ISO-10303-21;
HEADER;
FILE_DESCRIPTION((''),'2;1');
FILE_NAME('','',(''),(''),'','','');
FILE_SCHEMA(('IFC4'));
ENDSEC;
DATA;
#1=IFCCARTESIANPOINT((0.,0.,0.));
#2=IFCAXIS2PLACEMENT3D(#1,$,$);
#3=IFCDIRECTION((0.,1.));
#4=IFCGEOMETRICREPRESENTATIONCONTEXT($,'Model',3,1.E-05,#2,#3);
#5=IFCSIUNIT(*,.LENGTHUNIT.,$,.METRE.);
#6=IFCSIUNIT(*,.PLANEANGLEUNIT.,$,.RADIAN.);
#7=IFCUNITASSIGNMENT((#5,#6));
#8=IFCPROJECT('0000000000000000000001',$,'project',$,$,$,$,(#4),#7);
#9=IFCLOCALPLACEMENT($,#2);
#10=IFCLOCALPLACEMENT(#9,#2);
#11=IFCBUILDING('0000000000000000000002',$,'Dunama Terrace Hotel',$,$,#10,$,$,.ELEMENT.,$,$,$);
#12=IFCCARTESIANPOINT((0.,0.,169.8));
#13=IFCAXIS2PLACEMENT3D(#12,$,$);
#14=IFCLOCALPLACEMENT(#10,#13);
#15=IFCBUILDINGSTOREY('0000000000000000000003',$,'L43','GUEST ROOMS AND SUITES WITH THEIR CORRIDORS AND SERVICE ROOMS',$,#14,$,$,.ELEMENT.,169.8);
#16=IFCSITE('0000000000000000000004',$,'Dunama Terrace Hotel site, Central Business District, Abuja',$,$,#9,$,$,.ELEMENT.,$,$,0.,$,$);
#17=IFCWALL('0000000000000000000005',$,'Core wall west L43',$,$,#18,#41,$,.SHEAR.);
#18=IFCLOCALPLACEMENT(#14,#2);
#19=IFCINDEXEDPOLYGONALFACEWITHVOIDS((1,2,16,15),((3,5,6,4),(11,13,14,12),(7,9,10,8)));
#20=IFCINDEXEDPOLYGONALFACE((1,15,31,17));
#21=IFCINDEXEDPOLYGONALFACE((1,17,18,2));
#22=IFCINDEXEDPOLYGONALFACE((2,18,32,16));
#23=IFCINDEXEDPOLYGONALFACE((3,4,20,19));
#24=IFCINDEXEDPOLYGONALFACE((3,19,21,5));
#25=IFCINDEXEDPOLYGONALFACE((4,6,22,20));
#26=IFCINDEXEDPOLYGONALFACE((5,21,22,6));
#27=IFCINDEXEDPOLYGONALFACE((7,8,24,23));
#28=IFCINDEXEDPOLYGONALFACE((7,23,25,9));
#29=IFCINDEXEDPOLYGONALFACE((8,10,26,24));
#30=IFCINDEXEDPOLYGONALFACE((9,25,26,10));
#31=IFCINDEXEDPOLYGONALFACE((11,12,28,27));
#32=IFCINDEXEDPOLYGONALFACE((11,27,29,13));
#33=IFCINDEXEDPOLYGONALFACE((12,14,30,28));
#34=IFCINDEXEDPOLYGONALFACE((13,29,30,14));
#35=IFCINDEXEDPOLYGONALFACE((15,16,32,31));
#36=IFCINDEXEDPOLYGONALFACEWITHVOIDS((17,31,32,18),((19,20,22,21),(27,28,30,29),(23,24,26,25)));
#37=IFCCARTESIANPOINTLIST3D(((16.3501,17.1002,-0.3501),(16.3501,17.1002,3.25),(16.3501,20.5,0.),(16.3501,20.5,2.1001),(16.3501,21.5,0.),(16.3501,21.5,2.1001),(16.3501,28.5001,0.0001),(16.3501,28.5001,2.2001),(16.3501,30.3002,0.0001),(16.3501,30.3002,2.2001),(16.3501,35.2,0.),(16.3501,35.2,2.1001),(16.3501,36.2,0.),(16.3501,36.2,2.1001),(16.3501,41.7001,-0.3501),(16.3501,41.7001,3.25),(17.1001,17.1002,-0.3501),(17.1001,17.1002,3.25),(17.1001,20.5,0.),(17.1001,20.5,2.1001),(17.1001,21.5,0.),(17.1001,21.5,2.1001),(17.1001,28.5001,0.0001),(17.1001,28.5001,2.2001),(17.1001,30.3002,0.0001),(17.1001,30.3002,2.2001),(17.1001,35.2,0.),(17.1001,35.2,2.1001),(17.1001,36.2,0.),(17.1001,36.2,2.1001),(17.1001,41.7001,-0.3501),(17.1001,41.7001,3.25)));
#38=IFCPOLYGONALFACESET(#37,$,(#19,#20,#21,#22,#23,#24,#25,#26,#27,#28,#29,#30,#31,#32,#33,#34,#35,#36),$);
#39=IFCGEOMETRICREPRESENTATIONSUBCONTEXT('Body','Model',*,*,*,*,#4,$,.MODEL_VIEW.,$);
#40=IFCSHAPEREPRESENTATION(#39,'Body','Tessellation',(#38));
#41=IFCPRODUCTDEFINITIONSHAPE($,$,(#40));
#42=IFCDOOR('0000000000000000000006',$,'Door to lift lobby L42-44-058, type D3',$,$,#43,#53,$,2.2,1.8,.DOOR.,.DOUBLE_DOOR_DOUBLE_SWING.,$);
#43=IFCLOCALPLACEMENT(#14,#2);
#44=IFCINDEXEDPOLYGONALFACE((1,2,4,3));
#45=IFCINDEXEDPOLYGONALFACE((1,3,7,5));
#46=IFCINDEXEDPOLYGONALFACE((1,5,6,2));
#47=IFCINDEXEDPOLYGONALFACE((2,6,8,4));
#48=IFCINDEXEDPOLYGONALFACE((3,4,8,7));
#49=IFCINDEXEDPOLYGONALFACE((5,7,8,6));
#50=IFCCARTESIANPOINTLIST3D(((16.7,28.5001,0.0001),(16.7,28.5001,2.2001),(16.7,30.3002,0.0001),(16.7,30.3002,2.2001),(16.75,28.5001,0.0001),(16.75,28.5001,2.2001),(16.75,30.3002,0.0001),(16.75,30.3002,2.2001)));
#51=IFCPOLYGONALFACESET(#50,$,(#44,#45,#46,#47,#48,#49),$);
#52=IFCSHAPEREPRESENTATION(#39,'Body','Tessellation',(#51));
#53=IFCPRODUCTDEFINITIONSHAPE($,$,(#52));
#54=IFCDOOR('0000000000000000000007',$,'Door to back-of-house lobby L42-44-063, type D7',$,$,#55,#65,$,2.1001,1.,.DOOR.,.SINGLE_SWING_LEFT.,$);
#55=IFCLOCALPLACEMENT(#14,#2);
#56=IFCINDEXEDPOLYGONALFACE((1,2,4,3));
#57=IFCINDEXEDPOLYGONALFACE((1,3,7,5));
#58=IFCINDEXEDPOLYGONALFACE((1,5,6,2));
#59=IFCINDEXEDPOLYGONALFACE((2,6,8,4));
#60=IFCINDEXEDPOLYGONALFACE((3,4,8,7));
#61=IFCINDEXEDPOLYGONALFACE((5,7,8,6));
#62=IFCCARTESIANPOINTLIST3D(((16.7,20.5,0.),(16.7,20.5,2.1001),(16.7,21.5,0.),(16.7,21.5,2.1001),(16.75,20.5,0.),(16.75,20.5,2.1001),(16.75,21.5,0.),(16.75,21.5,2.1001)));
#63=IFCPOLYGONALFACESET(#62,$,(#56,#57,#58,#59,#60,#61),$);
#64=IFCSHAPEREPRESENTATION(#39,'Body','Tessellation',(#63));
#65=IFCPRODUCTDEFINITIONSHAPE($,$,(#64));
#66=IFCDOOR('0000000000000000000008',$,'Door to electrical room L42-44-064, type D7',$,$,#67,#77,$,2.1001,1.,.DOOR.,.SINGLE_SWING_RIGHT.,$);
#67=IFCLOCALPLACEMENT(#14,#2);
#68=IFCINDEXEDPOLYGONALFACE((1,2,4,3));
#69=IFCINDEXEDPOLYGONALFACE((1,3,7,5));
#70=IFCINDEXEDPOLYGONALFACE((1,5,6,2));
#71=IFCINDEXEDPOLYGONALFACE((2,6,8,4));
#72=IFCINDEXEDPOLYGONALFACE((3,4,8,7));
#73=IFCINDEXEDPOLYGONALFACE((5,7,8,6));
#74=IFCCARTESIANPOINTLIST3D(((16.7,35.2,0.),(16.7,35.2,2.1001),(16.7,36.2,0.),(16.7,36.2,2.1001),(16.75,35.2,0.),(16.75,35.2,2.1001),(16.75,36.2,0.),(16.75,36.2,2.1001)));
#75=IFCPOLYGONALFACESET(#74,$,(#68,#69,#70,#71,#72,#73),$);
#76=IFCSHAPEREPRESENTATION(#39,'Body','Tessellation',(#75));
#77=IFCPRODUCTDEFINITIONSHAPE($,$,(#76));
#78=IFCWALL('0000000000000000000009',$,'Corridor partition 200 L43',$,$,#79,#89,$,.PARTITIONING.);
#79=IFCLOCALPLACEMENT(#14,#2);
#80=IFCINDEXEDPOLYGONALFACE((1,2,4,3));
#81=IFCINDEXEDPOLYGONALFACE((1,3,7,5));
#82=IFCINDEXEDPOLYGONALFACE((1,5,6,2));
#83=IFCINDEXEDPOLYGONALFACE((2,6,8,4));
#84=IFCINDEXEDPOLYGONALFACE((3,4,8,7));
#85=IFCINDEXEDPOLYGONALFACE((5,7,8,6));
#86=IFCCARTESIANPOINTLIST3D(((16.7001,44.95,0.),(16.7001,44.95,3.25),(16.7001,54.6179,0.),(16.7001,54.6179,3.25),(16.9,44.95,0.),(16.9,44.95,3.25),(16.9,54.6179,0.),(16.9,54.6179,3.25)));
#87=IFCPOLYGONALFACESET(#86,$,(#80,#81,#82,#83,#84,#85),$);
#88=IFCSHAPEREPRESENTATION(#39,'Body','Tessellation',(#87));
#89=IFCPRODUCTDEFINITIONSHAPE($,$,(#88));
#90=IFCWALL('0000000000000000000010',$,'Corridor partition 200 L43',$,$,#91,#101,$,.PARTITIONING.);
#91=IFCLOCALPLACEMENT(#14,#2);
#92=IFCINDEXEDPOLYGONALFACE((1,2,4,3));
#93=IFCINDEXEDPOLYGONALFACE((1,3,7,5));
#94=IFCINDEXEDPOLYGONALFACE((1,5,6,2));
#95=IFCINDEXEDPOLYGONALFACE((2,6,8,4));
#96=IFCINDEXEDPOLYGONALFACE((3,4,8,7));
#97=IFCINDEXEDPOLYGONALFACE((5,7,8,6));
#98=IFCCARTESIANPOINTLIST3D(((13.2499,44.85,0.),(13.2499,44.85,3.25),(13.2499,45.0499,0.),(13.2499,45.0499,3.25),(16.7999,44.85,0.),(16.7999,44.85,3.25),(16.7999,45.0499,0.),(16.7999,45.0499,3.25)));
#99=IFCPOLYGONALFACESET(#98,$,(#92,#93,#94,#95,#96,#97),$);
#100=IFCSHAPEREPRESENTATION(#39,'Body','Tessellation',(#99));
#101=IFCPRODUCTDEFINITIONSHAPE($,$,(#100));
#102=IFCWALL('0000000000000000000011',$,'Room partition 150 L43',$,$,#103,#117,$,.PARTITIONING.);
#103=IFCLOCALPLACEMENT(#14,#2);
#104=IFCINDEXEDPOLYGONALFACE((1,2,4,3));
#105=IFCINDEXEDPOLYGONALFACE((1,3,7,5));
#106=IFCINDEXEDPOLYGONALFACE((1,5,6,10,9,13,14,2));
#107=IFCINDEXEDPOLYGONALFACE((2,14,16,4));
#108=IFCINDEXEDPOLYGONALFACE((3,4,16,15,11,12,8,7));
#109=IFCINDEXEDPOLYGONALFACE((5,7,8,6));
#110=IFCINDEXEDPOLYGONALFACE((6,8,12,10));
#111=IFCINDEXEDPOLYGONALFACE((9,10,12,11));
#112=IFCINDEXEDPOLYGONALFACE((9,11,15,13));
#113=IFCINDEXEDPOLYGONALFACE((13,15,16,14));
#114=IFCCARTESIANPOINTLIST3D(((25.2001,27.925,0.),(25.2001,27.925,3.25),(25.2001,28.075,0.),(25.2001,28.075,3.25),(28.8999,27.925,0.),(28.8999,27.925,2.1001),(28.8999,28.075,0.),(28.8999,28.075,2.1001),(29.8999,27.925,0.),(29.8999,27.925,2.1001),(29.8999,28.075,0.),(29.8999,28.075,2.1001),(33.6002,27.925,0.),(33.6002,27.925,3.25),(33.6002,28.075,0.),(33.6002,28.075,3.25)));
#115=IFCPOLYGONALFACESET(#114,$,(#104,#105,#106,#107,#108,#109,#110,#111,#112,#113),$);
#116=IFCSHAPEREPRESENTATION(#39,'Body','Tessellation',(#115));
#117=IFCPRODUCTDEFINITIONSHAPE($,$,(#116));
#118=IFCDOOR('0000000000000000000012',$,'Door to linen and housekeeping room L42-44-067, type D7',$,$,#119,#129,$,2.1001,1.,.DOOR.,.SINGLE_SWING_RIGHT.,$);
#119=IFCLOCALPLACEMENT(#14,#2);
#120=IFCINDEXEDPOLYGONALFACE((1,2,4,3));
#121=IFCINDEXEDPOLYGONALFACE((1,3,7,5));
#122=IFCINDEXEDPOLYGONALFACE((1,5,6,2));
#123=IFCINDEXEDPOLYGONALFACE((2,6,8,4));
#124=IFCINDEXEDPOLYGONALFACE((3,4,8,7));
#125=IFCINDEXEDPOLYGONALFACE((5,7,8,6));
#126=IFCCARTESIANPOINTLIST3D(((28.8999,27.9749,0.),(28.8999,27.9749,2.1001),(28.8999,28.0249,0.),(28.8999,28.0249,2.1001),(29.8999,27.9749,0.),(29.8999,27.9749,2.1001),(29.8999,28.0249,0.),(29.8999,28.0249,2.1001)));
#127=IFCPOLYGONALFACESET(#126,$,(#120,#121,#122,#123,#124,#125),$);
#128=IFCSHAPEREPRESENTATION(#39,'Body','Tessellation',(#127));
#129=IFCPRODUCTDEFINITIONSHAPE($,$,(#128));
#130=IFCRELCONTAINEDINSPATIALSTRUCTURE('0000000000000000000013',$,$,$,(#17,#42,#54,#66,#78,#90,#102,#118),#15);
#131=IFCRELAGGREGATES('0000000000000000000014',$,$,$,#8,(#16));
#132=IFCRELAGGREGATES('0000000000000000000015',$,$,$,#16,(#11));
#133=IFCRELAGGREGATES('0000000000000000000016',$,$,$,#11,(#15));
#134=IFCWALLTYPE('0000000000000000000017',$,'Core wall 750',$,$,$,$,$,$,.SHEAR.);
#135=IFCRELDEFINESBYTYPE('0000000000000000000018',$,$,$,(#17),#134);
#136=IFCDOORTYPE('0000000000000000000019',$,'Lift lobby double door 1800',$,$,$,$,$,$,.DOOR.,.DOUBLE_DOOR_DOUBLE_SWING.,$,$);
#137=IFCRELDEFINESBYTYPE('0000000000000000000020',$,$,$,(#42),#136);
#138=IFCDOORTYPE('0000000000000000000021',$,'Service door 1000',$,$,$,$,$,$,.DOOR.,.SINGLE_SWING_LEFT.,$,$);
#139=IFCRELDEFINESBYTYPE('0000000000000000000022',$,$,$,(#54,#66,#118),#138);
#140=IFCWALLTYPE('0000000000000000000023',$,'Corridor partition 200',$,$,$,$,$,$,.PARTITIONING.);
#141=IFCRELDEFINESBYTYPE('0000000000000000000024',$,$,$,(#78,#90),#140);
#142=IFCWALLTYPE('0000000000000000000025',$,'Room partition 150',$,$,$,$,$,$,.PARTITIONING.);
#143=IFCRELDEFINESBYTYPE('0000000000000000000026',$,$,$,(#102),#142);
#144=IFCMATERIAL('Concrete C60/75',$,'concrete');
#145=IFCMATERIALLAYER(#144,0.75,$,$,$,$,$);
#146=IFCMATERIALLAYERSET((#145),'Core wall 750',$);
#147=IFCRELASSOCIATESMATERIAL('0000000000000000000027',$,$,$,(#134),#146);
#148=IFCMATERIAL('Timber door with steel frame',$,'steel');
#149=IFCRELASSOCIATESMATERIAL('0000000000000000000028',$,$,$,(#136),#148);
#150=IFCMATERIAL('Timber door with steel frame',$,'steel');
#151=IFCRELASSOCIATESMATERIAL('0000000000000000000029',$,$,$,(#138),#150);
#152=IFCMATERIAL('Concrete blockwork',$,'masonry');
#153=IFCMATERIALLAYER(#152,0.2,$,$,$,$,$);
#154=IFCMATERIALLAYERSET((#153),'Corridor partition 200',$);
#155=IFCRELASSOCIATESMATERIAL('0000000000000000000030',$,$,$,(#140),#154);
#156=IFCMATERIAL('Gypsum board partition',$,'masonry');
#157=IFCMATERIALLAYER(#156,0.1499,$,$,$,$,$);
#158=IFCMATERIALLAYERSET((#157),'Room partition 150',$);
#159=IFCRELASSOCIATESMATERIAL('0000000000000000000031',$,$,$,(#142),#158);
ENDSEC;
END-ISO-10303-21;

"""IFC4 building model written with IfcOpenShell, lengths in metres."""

from ifc_helpers import new_model, si_unit, direction, frame, frame_2d, origin, place, context, subcontext, project, spatial, rectangle, extrude, material, layer, layer_set, type_object, element, fill, save


model = new_model("IFC4")

# Units and contexts
model_context = context("Model", 3, precision=1e-05, world=origin(), true_north=direction((0.0, 1.0)))
body_context = subcontext(model_context, "Body", "Model", "MODEL_VIEW")
ifc_project = project(units=[si_unit("LENGTHUNIT", "METRE"), si_unit("PLANEANGLEUNIT", "RADIAN")], contexts=[model_context])

# Site, building, storey
site_placement = place(None, origin())
site = spatial("IfcSite", under=ifc_project, at=site_placement, Name="Dunama Terrace Hotel site, Central Business District, Abuja", CompositionType="ELEMENT", RefElevation=0.0)
building_placement = place(site_placement, origin())
building = spatial("IfcBuilding", under=site, at=building_placement, Name="Dunama Terrace Hotel", CompositionType="ELEMENT")
storey_placement = place(building_placement, frame((0.0, 0.0, 169.8)))
storey = spatial("IfcBuildingStorey", under=building, at=storey_placement, Name="L43", Description="GUEST ROOMS AND SUITES WITH THEIR CORRIDORS AND SERVICE ROOMS", CompositionType="ELEMENT", Elevation=169.8)

# Wall, openings, doors
ifc_material_1 = material(Name="Concrete C60/75", Category="concrete")
ifc_layer_1 = layer(ifc_material_1, 0.75)
ifc_layer_set_1 = layer_set([ifc_layer_1], Name="Core wall 750")
wall_type_1 = type_object("IfcWallType", Name="Core wall 750", PredefinedType="SHEAR", material=ifc_layer_set_1)
wall_1_placement = place(storey_placement, frame((16.7251, 41.7, -0.3501), z_axis=(0.0, 0.0, 1.0), x_axis=(0.0, -1.0, 0.0)))
wall_1 = element("IfcWall", 1, at=wall_1_placement, inside=storey, type_object=wall_type_1, Name="Core wall west L43", PredefinedType="SHEAR", context=body_context, shape_type="SweptSolid", body=[
    extrude(rectangle(XDim=24.5999, YDim=0.75, at=frame_2d((12.2998, 0.0))), origin(), (0.0, 0.0, 1.0), 3.6001),
])
opening_1_placement = place(wall_1_placement, frame((11.3999, 0.0, 0.3501)))
opening_1 = element("IfcOpeningElement", 2, at=opening_1_placement, cuts=wall_1, PredefinedType="OPENING", context=body_context, shape_type="SweptSolid", body=[
    extrude(rectangle(XDim=1.8, YDim=2.2, at=frame_2d((0.8999, 1.1001))), frame((0.0, 0.385, 0.0), z_axis=(0.0, -1.0, 0.0), x_axis=(1.0, 0.0, 0.0)), (0.0, 0.0, 1.0), 0.77),
])
opening_2_placement = place(wall_1_placement, frame((20.2, 0.0, 0.3501)))
opening_2 = element("IfcOpeningElement", 3, at=opening_2_placement, cuts=wall_1, PredefinedType="OPENING", context=body_context, shape_type="SweptSolid", body=[
    extrude(rectangle(XDim=1.0, YDim=2.1001, at=frame_2d((0.5, 1.05))), frame((0.0, 0.385, 0.0), z_axis=(0.0, -1.0, 0.0), x_axis=(1.0, 0.0, 0.0)), (0.0, 0.0, 1.0), 0.77),
])
opening_3_placement = place(wall_1_placement, frame((5.5, 0.0, 0.3501)))
opening_3 = element("IfcOpeningElement", 4, at=opening_3_placement, cuts=wall_1, PredefinedType="OPENING", context=body_context, shape_type="SweptSolid", body=[
    extrude(rectangle(XDim=1.0, YDim=2.1001, at=frame_2d((0.5, 1.05))), frame((0.0, 0.385, 0.0), z_axis=(0.0, -1.0, 0.0), x_axis=(1.0, 0.0, 0.0)), (0.0, 0.0, 1.0), 0.77),
])
ifc_material_2 = material(Name="Timber door with steel frame", Category="steel")
door_type_1 = type_object("IfcDoorType", Name="Lift lobby double door 1800", OperationType="DOUBLE_DOOR_DOUBLE_SWING", PredefinedType="DOOR", material=ifc_material_2)
door_1_placement = place(opening_1_placement, origin())
door_1 = element("IfcDoor", 5, at=door_1_placement, inside=storey, type_object=door_type_1, Name="Door to lift lobby L42-44-058, type D3", OperationType="DOUBLE_DOOR_DOUBLE_SWING", OverallHeight=2.2, OverallWidth=1.8, PredefinedType="DOOR", context=body_context, shape_type="SweptSolid", body=[
    extrude(rectangle(XDim=1.8, YDim=2.2, at=frame_2d((0.8999, 1.1001))), frame((0.0, 0.0249, 0.0), z_axis=(0.0, -1.0, 0.0), x_axis=(1.0, 0.0, 0.0)), (0.0, 0.0, 1.0), 0.05),
])
fill(opening_1, door_1)
ifc_material_3 = material(Name="Timber door with steel frame", Category="steel")
door_type_2 = type_object("IfcDoorType", Name="Service door 1000", OperationType="SINGLE_SWING_LEFT", PredefinedType="DOOR", material=ifc_material_3)
door_2_placement = place(opening_2_placement, origin())
door_2 = element("IfcDoor", 6, at=door_2_placement, inside=storey, type_object=door_type_2, Name="Door to back-of-house lobby L42-44-063, type D7", OperationType="SINGLE_SWING_LEFT", OverallHeight=2.1001, OverallWidth=1.0, PredefinedType="DOOR", context=body_context, shape_type="SweptSolid", body=[
    extrude(rectangle(XDim=1.0, YDim=2.1001, at=frame_2d((0.5, 1.05))), frame((0.0, 0.0249, 0.0), z_axis=(0.0, -1.0, 0.0), x_axis=(1.0, 0.0, 0.0)), (0.0, 0.0, 1.0), 0.05),
])
fill(opening_2, door_2)
door_3_placement = place(opening_3_placement, origin())
door_3 = element("IfcDoor", 7, at=door_3_placement, inside=storey, type_object=door_type_2, Name="Door to electrical room L42-44-064, type D7", OperationType="SINGLE_SWING_RIGHT", OverallHeight=2.1001, OverallWidth=1.0, PredefinedType="DOOR", context=body_context, shape_type="SweptSolid", body=[
    extrude(rectangle(XDim=1.0, YDim=2.1001, at=frame_2d((0.5, 1.05))), frame((0.0, 0.0249, 0.0), z_axis=(0.0, -1.0, 0.0), x_axis=(1.0, 0.0, 0.0)), (0.0, 0.0, 1.0), 0.05),
])
fill(opening_3, door_3)

# Walls
ifc_material_4 = material(Name="Concrete blockwork", Category="masonry")
ifc_layer_2 = layer(ifc_material_4, 0.2)
ifc_layer_set_2 = layer_set([ifc_layer_2], Name="Corridor partition 200")
wall_type_2 = type_object("IfcWallType", Name="Corridor partition 200", PredefinedType="PARTITIONING", material=ifc_layer_set_2)
wall_2_placement = place(storey_placement, frame((16.8, 44.95, 0.0), z_axis=(0.0, 0.0, 1.0), x_axis=(0.0, 1.0, 0.0)))
element("IfcWall", 8, at=wall_2_placement, inside=storey, type_object=wall_type_2, Name="Corridor partition 200 L43", PredefinedType="PARTITIONING", context=body_context, shape_type="SweptSolid", body=[
    extrude(rectangle(XDim=9.668, YDim=0.2, at=frame_2d((4.834, 0.0))), origin(), (0.0, 0.0, 1.0), 3.25),
])
wall_3_placement = place(storey_placement, frame((13.25, 44.95, 0.0), z_axis=(0.0, 0.0, 1.0), x_axis=(1.0, 0.0, 0.0)))
element("IfcWall", 9, at=wall_3_placement, inside=storey, type_object=wall_type_2, Name="Corridor partition 200 L43", PredefinedType="PARTITIONING", context=body_context, shape_type="SweptSolid", body=[
    extrude(rectangle(XDim=3.55, YDim=0.2, at=frame_2d((1.7749, 0.0))), origin(), (0.0, 0.0, 1.0), 3.25),
])

# Wall, opening, door
ifc_material_5 = material(Name="Gypsum board partition", Category="masonry")
ifc_layer_3 = layer(ifc_material_5, 0.1499)
ifc_layer_set_3 = layer_set([ifc_layer_3], Name="Room partition 150")
wall_type_3 = type_object("IfcWallType", Name="Room partition 150", PredefinedType="PARTITIONING", material=ifc_layer_set_3)
wall_4_placement = place(storey_placement, frame((25.2, 28.0, 0.0), z_axis=(0.0, 0.0, 1.0), x_axis=(1.0, 0.0, 0.0)))
wall_4 = element("IfcWall", 10, at=wall_4_placement, inside=storey, type_object=wall_type_3, Name="Room partition 150 L43", PredefinedType="PARTITIONING", context=body_context, shape_type="SweptSolid", body=[
    extrude(rectangle(XDim=8.4001, YDim=0.1499, at=frame_2d((4.2002, 0.0))), origin(), (0.0, 0.0, 1.0), 3.25),
])
opening_4_placement = place(wall_4_placement, frame((3.7, 0.0, 0.0)))
opening_4 = element("IfcOpeningElement", 11, at=opening_4_placement, cuts=wall_4, PredefinedType="OPENING", context=body_context, shape_type="SweptSolid", body=[
    extrude(rectangle(XDim=1.0, YDim=2.1001, at=frame_2d((0.5, 1.05))), frame((0.0, 0.085, 0.0), z_axis=(0.0, -1.0, 0.0), x_axis=(1.0, 0.0, 0.0)), (0.0, 0.0, 1.0), 0.1699),
])
door_4_placement = place(opening_4_placement, frame((1.0, 0.0, 0.0), z_axis=(0.0, 0.0, 1.0), x_axis=(-1.0, 0.0, 0.0)))
door_4 = element("IfcDoor", 12, at=door_4_placement, inside=storey, type_object=door_type_2, Name="Door to linen and housekeeping room L42-44-067, type D7", OperationType="SINGLE_SWING_RIGHT", OverallHeight=2.1001, OverallWidth=1.0, PredefinedType="DOOR", context=body_context, shape_type="SweptSolid", body=[
    extrude(rectangle(XDim=1.0, YDim=2.1001, at=frame_2d((0.5, 1.05))), frame((0.0, 0.0251, 0.0), z_axis=(0.0, -1.0, 0.0), x_axis=(1.0, 0.0, 0.0)), (0.0, 0.0, 1.0), 0.05),
])
fill(opening_4, door_4)

save(model, "model.ifc")
